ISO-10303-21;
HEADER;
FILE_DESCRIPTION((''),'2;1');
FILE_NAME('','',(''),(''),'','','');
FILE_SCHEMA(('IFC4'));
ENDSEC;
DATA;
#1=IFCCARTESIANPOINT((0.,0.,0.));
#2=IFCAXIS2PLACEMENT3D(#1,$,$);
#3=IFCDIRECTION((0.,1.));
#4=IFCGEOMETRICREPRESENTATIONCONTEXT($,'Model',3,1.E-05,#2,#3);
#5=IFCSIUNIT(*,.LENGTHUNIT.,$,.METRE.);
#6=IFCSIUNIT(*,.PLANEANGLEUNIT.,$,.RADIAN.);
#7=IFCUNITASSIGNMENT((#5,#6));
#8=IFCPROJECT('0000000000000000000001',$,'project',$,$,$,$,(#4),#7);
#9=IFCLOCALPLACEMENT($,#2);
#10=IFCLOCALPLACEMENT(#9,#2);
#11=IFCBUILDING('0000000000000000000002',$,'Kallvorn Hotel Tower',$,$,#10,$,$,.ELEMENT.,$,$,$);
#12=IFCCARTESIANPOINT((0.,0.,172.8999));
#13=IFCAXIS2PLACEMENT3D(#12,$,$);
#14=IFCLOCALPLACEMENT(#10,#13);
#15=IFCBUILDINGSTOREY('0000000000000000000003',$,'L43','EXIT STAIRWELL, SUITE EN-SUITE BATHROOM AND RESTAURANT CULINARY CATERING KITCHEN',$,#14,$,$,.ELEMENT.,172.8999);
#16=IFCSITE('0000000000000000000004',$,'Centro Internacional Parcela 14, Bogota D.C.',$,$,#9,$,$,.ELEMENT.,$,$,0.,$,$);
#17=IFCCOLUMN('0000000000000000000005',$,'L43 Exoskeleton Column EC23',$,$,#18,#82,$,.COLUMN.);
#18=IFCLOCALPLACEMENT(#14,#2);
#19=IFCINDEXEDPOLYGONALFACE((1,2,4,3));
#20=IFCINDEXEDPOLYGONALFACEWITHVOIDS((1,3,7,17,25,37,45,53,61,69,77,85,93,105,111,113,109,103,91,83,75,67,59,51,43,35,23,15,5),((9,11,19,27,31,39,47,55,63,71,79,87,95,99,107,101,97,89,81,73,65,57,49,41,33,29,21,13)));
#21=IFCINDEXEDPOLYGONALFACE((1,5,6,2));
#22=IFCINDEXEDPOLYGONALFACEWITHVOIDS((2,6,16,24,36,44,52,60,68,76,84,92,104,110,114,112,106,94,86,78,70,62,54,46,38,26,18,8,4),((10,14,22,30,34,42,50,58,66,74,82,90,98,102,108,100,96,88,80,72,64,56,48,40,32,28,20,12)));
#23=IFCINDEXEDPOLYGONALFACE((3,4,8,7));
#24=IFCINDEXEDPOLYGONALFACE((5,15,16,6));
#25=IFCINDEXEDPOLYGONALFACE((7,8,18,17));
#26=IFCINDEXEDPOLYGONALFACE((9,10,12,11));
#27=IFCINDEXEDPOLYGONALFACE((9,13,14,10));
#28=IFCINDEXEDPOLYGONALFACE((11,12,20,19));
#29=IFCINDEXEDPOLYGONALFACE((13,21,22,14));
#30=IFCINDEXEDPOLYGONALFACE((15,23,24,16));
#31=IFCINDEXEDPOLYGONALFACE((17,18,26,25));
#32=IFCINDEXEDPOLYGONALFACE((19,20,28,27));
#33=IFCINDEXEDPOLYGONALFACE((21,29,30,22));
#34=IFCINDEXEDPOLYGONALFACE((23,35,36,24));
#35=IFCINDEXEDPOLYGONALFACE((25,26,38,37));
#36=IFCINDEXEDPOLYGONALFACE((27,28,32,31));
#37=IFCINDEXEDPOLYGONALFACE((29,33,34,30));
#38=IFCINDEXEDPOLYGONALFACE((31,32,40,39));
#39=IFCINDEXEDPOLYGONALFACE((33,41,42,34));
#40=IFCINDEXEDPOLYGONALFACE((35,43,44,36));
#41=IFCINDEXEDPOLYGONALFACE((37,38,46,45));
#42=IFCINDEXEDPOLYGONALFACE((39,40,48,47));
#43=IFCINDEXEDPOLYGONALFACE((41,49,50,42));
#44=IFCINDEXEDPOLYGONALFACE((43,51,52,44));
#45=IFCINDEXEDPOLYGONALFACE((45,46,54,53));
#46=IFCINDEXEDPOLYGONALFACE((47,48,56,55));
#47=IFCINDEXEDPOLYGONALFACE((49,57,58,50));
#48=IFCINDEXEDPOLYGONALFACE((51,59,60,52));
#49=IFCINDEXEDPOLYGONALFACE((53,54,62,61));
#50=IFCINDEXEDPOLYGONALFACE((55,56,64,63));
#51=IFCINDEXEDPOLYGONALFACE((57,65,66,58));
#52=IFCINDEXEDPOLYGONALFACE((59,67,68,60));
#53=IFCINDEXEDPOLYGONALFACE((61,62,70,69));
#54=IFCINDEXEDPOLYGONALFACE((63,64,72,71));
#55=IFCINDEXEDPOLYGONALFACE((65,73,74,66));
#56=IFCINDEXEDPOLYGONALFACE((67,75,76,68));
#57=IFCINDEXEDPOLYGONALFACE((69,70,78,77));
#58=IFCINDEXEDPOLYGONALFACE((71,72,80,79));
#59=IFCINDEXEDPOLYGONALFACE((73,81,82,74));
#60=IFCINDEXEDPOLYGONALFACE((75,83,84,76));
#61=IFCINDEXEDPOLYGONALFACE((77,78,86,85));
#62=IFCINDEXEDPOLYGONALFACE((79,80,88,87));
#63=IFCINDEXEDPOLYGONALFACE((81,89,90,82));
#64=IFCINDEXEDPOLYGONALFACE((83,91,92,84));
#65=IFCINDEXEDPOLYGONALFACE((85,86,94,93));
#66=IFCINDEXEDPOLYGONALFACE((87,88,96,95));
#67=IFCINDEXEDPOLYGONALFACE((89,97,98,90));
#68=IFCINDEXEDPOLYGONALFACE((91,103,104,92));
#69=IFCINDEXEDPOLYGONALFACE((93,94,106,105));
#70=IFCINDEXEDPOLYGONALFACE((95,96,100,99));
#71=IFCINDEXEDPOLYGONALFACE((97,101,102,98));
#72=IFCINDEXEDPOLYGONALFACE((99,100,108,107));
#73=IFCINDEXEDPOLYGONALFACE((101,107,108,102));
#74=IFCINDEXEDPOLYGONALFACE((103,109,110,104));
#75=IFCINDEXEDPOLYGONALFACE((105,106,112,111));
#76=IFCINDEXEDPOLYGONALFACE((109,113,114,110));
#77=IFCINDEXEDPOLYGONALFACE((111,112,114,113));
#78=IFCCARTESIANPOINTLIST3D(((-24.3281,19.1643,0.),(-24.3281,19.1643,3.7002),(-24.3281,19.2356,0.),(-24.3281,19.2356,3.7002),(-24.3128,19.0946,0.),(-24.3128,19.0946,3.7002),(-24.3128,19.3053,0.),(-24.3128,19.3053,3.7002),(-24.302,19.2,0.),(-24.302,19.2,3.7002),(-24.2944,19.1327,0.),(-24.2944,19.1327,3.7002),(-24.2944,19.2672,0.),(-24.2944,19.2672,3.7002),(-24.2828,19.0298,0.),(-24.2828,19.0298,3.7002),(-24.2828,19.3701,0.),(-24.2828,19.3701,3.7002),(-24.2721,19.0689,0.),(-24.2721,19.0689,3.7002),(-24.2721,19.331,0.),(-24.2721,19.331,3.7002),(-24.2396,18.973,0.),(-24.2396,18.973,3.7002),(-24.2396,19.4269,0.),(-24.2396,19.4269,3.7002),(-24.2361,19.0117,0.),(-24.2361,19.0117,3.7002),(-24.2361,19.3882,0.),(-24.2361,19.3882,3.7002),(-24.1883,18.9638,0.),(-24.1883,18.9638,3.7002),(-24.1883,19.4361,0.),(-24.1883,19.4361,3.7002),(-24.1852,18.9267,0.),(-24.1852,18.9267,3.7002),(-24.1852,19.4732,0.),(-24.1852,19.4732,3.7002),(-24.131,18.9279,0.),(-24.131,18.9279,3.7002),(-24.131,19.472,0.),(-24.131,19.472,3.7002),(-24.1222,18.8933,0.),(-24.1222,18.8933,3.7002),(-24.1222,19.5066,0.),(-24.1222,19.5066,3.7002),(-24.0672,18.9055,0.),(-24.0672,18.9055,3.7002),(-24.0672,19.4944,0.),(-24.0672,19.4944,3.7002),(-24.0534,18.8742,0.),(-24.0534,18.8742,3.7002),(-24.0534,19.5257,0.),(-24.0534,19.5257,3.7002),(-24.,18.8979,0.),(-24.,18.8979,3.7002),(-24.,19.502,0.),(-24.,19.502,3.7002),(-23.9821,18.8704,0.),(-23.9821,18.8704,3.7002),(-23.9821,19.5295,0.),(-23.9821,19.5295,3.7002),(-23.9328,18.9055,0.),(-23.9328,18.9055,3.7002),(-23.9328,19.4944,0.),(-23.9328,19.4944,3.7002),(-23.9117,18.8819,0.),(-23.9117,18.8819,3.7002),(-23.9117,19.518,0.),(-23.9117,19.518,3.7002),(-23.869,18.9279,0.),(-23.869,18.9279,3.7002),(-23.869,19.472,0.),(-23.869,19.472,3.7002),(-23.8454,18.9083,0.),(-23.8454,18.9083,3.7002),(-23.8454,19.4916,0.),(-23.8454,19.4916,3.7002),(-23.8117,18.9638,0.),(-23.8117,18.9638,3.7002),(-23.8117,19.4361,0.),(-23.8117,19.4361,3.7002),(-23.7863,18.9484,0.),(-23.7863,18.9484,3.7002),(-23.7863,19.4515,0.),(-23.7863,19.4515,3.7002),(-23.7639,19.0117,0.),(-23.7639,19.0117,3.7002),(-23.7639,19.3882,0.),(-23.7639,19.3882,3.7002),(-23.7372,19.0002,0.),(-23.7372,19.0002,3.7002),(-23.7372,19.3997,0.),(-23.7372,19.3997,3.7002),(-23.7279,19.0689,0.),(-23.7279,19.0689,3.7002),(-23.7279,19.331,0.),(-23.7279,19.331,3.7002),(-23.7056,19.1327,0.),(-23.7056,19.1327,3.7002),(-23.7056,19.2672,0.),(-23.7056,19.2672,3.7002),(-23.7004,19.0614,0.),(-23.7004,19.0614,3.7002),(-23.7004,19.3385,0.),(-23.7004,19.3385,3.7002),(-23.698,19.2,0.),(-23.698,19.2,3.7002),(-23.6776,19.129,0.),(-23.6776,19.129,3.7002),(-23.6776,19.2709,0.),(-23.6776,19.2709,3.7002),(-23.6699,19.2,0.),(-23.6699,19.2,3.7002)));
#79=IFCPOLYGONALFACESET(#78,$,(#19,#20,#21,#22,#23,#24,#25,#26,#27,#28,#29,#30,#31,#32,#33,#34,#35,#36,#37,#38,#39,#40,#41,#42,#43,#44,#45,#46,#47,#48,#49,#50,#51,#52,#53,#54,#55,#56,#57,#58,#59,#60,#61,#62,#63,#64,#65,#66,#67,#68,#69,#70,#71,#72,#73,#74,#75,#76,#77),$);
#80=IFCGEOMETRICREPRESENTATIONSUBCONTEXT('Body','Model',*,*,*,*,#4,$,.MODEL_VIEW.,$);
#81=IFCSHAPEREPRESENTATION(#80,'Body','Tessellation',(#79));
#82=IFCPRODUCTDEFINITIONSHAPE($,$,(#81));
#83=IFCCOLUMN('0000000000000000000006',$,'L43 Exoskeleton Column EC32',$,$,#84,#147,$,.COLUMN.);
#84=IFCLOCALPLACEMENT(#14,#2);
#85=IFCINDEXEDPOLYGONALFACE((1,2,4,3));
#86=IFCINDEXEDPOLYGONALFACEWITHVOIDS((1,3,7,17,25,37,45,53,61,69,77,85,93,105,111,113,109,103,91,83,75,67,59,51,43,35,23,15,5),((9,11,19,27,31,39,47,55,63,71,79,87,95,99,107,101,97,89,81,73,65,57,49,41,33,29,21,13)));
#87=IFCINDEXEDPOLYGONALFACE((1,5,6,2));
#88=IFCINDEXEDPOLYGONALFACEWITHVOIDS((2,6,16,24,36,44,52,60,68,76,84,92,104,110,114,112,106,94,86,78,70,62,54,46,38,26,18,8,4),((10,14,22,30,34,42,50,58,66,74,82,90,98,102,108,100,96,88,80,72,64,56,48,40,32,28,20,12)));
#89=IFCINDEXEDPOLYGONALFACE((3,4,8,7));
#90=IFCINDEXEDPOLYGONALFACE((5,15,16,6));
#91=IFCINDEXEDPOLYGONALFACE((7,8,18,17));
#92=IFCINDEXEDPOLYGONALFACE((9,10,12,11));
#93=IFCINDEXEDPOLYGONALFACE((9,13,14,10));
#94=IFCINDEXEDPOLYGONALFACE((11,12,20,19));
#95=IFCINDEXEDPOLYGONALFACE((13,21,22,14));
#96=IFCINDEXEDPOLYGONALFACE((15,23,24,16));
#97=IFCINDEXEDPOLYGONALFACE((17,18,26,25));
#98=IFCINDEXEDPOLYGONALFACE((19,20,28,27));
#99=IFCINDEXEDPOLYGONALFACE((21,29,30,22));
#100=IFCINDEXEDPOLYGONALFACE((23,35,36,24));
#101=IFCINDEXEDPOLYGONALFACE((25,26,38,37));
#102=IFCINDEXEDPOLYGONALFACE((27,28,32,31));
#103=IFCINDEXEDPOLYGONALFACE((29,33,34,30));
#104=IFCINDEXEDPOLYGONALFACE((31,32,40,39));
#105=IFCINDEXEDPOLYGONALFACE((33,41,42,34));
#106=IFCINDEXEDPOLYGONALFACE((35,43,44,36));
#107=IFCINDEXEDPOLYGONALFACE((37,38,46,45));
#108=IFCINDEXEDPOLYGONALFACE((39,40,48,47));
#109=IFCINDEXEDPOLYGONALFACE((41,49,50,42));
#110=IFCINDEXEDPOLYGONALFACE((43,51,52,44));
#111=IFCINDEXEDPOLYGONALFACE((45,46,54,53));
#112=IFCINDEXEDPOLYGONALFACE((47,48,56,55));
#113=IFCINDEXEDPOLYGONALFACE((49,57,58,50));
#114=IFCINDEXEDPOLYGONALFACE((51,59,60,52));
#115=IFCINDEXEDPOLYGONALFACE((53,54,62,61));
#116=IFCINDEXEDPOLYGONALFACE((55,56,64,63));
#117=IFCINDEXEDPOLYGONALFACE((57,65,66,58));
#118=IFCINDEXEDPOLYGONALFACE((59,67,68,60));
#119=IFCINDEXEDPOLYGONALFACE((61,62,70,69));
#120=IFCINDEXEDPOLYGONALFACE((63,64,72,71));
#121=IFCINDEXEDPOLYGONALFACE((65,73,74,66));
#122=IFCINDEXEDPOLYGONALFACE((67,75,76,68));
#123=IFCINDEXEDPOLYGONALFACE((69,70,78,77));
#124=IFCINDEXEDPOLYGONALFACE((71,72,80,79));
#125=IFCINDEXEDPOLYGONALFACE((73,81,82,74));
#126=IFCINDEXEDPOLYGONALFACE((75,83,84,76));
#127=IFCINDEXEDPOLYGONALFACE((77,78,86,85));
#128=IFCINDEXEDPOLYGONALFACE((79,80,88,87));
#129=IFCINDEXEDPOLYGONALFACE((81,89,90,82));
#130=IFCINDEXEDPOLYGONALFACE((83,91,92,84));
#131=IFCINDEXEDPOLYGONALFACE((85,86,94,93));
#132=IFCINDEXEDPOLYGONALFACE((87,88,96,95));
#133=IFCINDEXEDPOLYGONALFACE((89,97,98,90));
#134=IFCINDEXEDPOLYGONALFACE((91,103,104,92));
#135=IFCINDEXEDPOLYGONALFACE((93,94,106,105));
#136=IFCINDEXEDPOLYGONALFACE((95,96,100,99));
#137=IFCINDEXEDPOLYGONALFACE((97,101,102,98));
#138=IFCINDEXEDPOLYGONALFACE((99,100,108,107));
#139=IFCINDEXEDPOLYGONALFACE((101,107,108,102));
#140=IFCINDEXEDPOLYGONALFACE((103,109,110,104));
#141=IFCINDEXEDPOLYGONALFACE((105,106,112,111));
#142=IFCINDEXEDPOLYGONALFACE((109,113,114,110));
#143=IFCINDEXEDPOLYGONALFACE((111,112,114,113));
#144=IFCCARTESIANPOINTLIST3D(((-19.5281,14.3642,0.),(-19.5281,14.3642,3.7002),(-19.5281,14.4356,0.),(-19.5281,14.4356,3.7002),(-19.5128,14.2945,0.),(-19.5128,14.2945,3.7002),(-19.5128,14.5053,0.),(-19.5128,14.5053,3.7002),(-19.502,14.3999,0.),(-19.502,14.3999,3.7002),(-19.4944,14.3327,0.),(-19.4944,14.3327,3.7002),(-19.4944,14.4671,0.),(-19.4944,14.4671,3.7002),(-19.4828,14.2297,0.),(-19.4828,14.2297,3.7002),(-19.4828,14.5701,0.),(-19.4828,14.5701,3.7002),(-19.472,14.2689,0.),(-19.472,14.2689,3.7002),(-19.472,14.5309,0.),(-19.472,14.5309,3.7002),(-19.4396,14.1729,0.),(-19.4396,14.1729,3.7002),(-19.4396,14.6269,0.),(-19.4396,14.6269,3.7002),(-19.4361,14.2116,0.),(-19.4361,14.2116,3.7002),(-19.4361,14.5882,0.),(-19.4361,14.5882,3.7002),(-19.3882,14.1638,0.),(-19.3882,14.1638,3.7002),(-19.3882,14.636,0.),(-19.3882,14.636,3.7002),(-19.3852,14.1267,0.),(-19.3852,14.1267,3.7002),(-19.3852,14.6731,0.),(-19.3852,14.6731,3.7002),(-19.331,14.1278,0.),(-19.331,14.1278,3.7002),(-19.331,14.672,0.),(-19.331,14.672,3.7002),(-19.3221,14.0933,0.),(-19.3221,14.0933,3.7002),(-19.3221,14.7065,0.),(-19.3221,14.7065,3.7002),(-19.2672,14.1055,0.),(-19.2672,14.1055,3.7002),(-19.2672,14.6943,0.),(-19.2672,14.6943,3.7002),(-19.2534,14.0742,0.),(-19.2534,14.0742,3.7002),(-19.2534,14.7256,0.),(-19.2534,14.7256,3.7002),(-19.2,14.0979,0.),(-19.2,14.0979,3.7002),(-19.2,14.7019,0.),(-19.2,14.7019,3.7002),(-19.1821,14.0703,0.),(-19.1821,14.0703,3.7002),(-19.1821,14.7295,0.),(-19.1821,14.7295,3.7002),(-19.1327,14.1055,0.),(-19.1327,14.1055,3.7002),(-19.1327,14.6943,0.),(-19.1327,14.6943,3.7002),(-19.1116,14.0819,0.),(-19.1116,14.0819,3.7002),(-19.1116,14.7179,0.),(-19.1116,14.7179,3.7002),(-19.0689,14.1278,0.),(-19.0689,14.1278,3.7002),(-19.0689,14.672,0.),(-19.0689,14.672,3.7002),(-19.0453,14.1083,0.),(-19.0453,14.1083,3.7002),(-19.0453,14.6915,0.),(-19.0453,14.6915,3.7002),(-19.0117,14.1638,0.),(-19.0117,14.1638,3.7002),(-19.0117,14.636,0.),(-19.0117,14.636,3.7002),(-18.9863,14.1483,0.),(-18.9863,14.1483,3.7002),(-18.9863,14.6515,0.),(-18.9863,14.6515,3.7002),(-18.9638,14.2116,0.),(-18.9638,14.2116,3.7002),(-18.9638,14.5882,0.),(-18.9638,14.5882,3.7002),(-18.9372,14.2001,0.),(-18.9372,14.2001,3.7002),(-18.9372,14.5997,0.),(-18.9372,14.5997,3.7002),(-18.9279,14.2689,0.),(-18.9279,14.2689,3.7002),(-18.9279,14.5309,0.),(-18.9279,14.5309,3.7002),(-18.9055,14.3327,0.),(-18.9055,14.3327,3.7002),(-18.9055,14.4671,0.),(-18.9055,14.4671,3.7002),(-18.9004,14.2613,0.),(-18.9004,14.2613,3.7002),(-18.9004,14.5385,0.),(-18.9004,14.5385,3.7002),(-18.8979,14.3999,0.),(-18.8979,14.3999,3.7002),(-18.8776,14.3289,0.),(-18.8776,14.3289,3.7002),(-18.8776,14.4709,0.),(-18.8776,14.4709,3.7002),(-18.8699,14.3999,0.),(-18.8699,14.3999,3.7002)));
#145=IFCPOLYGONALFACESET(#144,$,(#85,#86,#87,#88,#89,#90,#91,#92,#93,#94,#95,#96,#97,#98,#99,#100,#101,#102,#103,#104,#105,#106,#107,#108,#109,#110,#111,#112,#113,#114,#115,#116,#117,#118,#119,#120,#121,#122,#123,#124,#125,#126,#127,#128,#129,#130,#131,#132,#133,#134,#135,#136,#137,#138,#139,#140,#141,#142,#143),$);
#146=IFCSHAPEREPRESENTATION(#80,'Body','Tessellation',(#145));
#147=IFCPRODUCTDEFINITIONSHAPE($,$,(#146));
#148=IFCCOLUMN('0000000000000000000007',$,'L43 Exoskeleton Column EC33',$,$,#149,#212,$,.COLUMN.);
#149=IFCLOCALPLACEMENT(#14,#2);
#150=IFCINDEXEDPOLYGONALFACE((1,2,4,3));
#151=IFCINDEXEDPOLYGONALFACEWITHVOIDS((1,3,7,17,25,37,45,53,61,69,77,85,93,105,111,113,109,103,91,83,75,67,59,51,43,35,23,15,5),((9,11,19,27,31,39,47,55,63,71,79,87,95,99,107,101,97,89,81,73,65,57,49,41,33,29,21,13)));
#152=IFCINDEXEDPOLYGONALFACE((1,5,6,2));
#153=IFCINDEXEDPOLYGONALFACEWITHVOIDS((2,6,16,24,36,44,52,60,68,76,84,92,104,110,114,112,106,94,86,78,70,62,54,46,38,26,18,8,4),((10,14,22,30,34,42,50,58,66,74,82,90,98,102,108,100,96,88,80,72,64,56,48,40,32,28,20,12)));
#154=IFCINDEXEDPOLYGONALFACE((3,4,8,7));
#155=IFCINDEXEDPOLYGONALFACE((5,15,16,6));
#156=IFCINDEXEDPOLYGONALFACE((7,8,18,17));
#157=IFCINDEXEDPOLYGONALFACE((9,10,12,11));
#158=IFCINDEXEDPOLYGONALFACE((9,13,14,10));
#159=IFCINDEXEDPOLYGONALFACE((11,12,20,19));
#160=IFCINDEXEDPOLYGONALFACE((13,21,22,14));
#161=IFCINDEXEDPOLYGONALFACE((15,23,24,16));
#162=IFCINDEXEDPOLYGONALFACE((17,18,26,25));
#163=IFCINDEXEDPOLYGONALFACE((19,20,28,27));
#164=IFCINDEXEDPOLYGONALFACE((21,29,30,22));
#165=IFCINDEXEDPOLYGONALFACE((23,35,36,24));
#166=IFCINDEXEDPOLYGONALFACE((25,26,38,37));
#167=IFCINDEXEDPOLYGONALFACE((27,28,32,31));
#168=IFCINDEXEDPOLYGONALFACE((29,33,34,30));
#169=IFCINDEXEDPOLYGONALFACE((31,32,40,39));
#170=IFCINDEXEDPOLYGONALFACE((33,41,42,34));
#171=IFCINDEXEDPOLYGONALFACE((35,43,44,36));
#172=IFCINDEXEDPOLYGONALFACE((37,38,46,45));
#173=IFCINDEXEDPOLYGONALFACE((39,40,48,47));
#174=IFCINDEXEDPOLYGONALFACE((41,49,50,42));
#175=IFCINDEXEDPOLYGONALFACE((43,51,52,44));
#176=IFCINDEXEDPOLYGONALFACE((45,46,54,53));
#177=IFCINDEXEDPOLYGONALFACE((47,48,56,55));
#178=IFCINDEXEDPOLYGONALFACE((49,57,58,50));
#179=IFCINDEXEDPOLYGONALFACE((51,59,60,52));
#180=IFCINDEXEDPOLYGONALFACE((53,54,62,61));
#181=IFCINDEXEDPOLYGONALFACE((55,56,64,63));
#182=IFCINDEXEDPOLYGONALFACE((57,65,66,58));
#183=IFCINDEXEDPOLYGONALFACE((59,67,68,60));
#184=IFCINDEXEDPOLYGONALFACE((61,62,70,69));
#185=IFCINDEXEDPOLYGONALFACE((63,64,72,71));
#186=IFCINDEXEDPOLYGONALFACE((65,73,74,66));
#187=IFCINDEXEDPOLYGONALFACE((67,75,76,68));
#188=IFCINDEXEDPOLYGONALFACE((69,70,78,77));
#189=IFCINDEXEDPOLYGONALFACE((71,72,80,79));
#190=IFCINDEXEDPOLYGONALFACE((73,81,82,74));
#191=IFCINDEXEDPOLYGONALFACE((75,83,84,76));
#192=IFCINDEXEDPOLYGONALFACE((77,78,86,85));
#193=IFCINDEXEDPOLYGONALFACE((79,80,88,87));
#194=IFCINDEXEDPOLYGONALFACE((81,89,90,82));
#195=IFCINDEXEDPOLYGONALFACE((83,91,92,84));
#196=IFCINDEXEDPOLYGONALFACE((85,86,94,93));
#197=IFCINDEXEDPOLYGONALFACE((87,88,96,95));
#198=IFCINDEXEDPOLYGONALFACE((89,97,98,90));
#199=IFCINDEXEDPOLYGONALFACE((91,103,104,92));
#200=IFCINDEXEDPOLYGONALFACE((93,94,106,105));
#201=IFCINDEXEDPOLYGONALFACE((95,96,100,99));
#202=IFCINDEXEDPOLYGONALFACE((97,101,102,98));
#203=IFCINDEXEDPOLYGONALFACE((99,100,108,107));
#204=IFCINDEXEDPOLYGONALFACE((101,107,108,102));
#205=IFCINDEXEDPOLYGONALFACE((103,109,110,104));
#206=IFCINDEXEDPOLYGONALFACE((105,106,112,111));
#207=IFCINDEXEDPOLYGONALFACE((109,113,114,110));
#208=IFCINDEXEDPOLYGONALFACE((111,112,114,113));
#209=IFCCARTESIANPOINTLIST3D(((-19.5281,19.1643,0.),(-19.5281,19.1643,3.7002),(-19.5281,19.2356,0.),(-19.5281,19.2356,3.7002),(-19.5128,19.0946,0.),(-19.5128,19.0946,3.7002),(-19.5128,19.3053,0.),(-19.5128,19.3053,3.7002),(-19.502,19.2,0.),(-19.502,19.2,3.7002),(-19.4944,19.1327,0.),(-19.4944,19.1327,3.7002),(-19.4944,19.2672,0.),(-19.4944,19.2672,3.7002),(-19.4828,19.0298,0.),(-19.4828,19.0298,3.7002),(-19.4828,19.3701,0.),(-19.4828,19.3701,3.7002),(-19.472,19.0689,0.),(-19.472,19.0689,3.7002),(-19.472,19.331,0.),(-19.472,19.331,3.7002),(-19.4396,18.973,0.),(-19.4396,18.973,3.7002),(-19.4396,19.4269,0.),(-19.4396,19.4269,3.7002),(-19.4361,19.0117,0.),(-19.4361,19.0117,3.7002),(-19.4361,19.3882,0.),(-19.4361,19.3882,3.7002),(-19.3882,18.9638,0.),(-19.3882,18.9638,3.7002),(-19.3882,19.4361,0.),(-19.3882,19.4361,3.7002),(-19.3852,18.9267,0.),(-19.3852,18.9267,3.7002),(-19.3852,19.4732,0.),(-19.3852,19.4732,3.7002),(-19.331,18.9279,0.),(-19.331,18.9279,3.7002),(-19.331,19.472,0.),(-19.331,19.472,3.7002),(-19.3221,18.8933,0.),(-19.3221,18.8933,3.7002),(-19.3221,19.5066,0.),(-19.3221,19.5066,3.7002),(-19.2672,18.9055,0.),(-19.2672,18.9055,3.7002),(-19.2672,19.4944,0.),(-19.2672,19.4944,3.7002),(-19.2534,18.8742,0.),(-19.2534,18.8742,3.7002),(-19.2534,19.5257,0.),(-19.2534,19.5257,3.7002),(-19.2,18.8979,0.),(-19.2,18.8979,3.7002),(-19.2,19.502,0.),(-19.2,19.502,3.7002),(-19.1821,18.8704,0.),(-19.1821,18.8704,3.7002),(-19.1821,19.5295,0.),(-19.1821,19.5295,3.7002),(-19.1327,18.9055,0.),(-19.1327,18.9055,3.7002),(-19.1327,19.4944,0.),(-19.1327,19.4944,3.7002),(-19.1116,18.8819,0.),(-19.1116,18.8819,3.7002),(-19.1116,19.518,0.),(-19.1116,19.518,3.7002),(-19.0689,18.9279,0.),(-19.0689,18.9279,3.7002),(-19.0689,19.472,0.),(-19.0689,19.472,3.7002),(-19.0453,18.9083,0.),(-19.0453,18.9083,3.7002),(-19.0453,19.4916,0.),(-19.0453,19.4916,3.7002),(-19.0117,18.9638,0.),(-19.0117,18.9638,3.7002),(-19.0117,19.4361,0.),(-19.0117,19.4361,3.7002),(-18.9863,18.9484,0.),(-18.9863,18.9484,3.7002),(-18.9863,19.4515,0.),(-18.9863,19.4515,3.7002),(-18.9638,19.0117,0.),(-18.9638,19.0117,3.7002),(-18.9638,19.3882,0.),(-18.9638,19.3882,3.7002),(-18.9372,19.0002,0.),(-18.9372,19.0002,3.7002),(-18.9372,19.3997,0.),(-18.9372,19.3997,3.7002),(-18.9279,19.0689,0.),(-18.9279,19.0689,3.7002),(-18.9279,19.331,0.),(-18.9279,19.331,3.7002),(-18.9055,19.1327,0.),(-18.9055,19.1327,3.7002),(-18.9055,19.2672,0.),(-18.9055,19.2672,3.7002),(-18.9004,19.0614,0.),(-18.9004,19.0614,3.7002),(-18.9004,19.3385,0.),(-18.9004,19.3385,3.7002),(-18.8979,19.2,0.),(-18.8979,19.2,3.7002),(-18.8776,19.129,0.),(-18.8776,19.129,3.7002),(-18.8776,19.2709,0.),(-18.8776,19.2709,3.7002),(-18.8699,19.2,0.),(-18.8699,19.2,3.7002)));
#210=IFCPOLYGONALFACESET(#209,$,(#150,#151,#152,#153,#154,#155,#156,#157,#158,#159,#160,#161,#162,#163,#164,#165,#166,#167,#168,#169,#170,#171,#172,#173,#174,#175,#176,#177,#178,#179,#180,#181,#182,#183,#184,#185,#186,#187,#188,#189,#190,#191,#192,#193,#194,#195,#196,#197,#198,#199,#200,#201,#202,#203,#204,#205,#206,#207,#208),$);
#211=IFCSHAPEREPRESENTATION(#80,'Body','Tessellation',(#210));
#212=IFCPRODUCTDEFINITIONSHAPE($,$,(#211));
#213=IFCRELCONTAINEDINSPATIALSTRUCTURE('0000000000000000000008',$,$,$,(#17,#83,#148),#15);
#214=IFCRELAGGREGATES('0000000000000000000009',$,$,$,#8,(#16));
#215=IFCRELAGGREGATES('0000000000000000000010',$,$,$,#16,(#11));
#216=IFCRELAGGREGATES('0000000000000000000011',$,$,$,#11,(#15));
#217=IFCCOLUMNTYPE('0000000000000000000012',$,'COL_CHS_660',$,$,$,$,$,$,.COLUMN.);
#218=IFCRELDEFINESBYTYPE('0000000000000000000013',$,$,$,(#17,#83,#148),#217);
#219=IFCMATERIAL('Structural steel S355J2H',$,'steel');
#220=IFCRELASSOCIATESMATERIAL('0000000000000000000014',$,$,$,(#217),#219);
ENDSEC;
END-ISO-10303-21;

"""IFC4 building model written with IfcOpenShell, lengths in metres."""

from ifc_helpers import new_model, si_unit, direction, frame, origin, origin_2d, place, context, subcontext, project, spatial, hollow_circle, extrude, material, material_profile, profile_set, type_object, element, save


model = new_model("IFC4")

# Units and contexts
model_context = context("Model", 3, precision=1e-05, world=origin(), true_north=direction((0.0, 1.0)))
body_context = subcontext(model_context, "Body", "Model", "MODEL_VIEW")
ifc_project = project(units=[si_unit("LENGTHUNIT", "METRE"), si_unit("PLANEANGLEUNIT", "RADIAN")], contexts=[model_context])

# Site, building, storey
site_placement = place(None, origin())
site = spatial("IfcSite", under=ifc_project, at=site_placement, Name="Centro Internacional Parcela 14, Bogota D.C.", CompositionType="ELEMENT", RefElevation=0.0)
building_placement = place(site_placement, origin())
building = spatial("IfcBuilding", under=site, at=building_placement, Name="Kallvorn Hotel Tower", CompositionType="ELEMENT")
storey_placement = place(building_placement, frame((0.0, 0.0, 172.8999)))
storey = spatial("IfcBuildingStorey", under=building, at=storey_placement, Name="L43", Description="EXIT STAIRWELL, SUITE EN-SUITE BATHROOM AND RESTAURANT CULINARY CATERING KITCHEN", CompositionType="ELEMENT", Elevation=172.8999)

# Columns
ifc_material_1 = material(Name="Structural steel S355J2H", Category="steel")
ifc_material_profile_1 = material_profile(ifc_material_1, hollow_circle(Radius=0.3301, WallThickness=0.0281, at=origin_2d()), Name="CHS 660x28")
ifc_profile_set_1 = profile_set([ifc_material_profile_1], Name="Structural steel S355J2H")
column_type_1 = type_object("IfcColumnType", Name="COL_CHS_660", PredefinedType="COLUMN", material=ifc_profile_set_1)
for number, where, z_axis, x_axis, name in (
    (1, (-24.0, 19.2, 0.0), (0.0, 0.0, 1.0), (1.0, 0.0, 0.0), "L43 Exoskeleton Column EC23"),
    (2, (-19.2, 14.3999, 0.0), (0.0, 0.0, 1.0), (1.0, 0.0, 0.0), "L43 Exoskeleton Column EC32"),
    (3, (-19.2, 19.2, 0.0), (0.0, 0.0, 1.0), (1.0, 0.0, 0.0), "L43 Exoskeleton Column EC33"),
):
    element("IfcColumn", number, at=place(storey_placement, frame(where, z_axis=z_axis, x_axis=x_axis)), inside=storey, type_object=column_type_1, Name=name, PredefinedType="COLUMN", context=body_context, shape_type="SweptSolid", body=[
        extrude(hollow_circle(Radius=0.3301, WallThickness=0.0281, at=origin_2d()), origin(), (0.0, 0.0, 1.0), 3.7002),
    ])

save(model, "model.ifc")
